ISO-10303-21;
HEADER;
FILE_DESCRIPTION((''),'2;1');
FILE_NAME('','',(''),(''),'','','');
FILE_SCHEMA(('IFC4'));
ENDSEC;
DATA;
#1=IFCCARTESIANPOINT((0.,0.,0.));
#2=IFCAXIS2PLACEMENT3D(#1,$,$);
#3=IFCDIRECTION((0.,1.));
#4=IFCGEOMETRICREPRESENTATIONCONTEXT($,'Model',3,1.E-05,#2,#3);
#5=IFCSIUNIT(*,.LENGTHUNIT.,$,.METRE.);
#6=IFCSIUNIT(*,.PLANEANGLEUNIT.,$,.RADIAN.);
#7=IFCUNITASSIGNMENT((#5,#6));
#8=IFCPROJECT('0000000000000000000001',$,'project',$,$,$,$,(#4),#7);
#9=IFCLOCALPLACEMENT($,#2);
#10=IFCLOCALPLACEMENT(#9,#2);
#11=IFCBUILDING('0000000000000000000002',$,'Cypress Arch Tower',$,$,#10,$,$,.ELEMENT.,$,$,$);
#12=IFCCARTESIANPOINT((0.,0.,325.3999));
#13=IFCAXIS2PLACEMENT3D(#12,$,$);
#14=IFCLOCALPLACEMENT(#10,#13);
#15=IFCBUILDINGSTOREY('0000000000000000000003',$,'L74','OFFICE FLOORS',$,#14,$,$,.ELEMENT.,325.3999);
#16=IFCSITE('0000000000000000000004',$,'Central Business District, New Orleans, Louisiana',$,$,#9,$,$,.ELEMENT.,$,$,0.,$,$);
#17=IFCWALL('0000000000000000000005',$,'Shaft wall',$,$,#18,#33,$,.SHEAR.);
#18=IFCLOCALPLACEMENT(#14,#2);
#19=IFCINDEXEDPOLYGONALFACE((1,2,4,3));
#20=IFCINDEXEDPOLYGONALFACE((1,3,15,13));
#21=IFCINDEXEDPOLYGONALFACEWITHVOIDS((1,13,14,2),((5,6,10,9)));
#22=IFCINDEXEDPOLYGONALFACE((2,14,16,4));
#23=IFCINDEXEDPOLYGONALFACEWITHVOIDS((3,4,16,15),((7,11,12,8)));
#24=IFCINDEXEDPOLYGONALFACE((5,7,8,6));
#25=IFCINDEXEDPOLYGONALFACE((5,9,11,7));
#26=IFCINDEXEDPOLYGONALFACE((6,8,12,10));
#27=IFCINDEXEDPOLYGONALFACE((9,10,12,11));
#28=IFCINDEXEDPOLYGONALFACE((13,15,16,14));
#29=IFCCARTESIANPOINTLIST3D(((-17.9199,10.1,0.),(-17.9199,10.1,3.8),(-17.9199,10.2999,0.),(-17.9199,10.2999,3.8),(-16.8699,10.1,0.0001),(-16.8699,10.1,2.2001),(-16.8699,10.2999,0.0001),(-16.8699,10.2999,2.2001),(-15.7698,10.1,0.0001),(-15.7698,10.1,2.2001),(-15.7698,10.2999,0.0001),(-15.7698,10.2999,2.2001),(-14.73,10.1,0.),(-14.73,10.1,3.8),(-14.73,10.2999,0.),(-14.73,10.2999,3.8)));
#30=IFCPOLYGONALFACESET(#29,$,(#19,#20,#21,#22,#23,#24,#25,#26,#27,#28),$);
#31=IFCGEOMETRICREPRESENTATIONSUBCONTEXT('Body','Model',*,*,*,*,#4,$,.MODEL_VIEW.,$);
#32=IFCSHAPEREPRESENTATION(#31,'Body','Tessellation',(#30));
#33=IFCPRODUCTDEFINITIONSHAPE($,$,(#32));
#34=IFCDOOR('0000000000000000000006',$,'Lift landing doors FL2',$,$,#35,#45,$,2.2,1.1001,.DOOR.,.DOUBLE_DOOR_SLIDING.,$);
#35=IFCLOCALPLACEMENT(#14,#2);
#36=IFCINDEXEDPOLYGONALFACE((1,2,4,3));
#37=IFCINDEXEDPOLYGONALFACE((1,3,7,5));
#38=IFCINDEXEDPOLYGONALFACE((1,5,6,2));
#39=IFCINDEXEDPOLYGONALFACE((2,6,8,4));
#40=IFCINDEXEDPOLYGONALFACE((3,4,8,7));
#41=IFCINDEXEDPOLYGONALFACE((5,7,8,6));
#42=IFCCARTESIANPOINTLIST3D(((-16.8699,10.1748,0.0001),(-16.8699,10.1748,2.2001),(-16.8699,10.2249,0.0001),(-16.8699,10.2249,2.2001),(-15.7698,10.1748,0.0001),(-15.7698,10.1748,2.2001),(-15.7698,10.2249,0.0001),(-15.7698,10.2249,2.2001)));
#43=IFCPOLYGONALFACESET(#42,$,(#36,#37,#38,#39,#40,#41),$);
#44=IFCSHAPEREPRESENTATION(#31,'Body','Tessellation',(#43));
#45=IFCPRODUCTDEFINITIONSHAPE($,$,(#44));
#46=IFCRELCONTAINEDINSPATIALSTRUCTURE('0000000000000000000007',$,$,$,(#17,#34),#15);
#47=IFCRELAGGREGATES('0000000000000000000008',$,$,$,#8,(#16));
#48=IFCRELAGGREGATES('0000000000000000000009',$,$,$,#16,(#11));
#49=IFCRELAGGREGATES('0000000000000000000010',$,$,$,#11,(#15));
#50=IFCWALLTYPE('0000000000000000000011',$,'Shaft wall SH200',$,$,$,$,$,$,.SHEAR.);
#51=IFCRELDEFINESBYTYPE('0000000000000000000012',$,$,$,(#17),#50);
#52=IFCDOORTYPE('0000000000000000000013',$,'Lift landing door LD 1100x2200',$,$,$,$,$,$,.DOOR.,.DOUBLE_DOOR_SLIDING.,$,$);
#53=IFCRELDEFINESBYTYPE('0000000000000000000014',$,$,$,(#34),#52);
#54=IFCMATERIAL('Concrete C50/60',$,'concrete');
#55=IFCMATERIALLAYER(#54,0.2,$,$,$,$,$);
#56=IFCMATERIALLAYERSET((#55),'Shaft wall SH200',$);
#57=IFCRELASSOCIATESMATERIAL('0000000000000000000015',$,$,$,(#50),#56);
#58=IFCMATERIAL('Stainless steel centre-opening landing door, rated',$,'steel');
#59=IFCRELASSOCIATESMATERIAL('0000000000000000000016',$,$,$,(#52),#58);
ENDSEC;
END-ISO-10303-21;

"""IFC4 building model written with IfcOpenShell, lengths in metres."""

from ifc_helpers import new_model, si_unit, direction, frame, frame_2d, origin, place, context, subcontext, project, spatial, rectangle, extrude, material, layer, layer_set, type_object, element, fill, save


model = new_model("IFC4")

# Units and contexts
model_context = context("Model", 3, precision=1e-05, world=origin(), true_north=direction((0.0, 1.0)))
body_context = subcontext(model_context, "Body", "Model", "MODEL_VIEW")
ifc_project = project(units=[si_unit("LENGTHUNIT", "METRE"), si_unit("PLANEANGLEUNIT", "RADIAN")], contexts=[model_context])

# Site, building, storey
site_placement = place(None, origin())
site = spatial("IfcSite", under=ifc_project, at=site_placement, Name="Central Business District, New Orleans, Louisiana", CompositionType="ELEMENT", RefElevation=0.0)
building_placement = place(site_placement, origin())
building = spatial("IfcBuilding", under=site, at=building_placement, Name="Cypress Arch Tower", CompositionType="ELEMENT")
storey_placement = place(building_placement, frame((0.0, 0.0, 325.3999)))
storey = spatial("IfcBuildingStorey", under=building, at=storey_placement, Name="L74", Description="OFFICE FLOORS", CompositionType="ELEMENT", Elevation=325.3999)

# Shared definitions
ifc_material_1 = material(Name="Concrete C50/60", Category="concrete")
ifc_layer_1 = layer(ifc_material_1, 0.2)
ifc_layer_set_1 = layer_set([ifc_layer_1], Name="Shaft wall SH200")
wall_type_1 = type_object("IfcWallType", Name="Shaft wall SH200", PredefinedType="SHEAR", material=ifc_layer_set_1)

# Wall, opening, door
wall_1_placement = place(storey_placement, frame((-17.9199, 10.2, 0.0), z_axis=(0.0, 0.0, 1.0), x_axis=(1.0, 0.0, 0.0)))
wall_1 = element("IfcWall", 1, at=wall_1_placement, inside=storey, type_object=wall_type_1, Name="Shaft wall", PredefinedType="SHEAR", context=body_context, shape_type="SweptSolid", body=[
    extrude(rectangle(XDim=3.1899, YDim=0.2, at=frame_2d((1.595, 0.0))), origin(), (0.0, 0.0, 1.0), 3.8),
])
opening_1_placement = place(wall_1_placement, frame((1.05, 0.0, 0.0)))
opening_1 = element("IfcOpeningElement", 2, at=opening_1_placement, cuts=wall_1, PredefinedType="OPENING", context=body_context, shape_type="SweptSolid", body=[
    extrude(rectangle(XDim=1.1001, YDim=2.2, at=frame_2d((0.55, 1.1001))), frame((0.0, 0.1099, 0.0), z_axis=(0.0, -1.0, 0.0), x_axis=(1.0, 0.0, 0.0)), (0.0, 0.0, 1.0), 0.22),
])
ifc_material_2 = material(Name="Stainless steel centre-opening landing door, rated", Category="steel")
door_type = type_object("IfcDoorType", Name="Lift landing door LD 1100x2200", OperationType="DOUBLE_DOOR_SLIDING", PredefinedType="DOOR", material=ifc_material_2)
door_placement = place(opening_1_placement, origin())
door = element("IfcDoor", 3, at=door_placement, inside=storey, type_object=door_type, Name="Lift landing doors FL2", OperationType="DOUBLE_DOOR_SLIDING", OverallHeight=2.2, OverallWidth=1.1001, PredefinedType="DOOR", context=body_context, shape_type="SweptSolid", body=[
    extrude(rectangle(XDim=1.1001, YDim=2.2, at=frame_2d((0.55, 1.1001))), frame((0.0, 0.0249, 0.0), z_axis=(0.0, -1.0, 0.0), x_axis=(1.0, 0.0, 0.0)), (0.0, 0.0, 1.0), 0.05),
])
fill(opening_1, door)

save(model, "model.ifc")
